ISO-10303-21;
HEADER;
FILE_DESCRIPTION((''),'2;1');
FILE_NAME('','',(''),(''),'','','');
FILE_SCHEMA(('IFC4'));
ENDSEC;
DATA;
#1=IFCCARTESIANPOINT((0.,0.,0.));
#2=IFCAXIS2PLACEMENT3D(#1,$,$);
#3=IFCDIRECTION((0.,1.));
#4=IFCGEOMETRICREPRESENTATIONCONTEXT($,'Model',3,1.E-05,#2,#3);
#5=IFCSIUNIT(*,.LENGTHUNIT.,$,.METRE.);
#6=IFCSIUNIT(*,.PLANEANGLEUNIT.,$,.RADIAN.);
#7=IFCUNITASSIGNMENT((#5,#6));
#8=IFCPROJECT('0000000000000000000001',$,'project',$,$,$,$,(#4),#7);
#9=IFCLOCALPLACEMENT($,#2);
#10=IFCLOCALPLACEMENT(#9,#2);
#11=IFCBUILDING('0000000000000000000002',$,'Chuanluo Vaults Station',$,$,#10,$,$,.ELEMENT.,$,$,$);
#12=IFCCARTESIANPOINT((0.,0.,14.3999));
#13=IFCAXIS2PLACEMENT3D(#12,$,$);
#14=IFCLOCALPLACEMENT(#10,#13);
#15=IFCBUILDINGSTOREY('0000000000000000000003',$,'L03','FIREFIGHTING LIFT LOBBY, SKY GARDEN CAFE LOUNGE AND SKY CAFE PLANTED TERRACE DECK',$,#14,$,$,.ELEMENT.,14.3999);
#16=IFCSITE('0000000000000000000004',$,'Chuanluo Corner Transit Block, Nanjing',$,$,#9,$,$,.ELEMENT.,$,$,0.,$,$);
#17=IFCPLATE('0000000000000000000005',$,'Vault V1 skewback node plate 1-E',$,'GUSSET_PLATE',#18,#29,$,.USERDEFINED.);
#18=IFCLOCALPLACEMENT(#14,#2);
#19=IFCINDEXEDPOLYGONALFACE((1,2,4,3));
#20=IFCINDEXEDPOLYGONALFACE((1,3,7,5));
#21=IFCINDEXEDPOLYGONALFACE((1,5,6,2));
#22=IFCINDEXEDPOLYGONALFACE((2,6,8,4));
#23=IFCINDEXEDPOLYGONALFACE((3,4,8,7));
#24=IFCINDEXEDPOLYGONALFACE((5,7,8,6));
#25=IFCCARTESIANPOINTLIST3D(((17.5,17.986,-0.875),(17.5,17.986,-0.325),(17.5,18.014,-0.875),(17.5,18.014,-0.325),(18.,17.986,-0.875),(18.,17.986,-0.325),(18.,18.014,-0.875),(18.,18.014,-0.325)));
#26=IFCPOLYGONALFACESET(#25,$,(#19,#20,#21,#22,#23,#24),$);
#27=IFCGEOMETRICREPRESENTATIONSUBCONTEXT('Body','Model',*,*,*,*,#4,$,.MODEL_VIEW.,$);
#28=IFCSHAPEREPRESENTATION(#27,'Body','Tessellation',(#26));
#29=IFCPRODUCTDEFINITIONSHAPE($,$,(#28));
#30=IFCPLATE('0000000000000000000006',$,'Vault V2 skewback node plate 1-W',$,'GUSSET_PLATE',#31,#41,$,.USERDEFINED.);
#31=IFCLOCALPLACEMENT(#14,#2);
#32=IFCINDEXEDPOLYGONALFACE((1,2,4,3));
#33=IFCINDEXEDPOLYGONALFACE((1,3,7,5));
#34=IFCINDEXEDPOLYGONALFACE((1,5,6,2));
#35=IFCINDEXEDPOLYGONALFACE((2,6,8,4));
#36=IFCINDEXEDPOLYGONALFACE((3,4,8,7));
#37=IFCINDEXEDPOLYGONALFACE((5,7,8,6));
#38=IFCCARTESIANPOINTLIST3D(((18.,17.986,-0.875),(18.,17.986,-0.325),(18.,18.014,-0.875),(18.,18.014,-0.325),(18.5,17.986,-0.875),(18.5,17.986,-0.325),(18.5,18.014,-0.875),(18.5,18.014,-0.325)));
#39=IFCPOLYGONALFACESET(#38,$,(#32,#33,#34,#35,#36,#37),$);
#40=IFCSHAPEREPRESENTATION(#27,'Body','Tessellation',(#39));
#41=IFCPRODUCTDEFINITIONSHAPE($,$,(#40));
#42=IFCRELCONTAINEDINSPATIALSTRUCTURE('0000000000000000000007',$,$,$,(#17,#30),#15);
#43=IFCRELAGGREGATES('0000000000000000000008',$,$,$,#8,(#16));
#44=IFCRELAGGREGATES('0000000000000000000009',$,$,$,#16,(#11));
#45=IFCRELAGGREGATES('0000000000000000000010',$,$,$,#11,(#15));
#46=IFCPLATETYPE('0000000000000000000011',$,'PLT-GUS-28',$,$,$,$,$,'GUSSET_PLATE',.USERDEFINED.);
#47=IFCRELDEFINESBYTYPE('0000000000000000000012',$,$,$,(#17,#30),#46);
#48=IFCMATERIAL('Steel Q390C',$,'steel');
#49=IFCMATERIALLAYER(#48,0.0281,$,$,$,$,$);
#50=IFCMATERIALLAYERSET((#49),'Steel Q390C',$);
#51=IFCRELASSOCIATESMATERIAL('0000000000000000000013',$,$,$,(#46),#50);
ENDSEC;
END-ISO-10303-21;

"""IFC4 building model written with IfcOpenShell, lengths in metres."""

from ifc_helpers import new_model, si_unit, direction, frame, origin, origin_2d, place, context, subcontext, project, spatial, rectangle, extrude, material, layer, layer_set, type_object, element, save


model = new_model("IFC4")

# Units and contexts
model_context = context("Model", 3, precision=1e-05, world=origin(), true_north=direction((0.0, 1.0)))
body_context = subcontext(model_context, "Body", "Model", "MODEL_VIEW")
ifc_project = project(units=[si_unit("LENGTHUNIT", "METRE"), si_unit("PLANEANGLEUNIT", "RADIAN")], contexts=[model_context])

# Site, building, storey
site_placement = place(None, origin())
site = spatial("IfcSite", under=ifc_project, at=site_placement, Name="Chuanluo Corner Transit Block, Nanjing", CompositionType="ELEMENT", RefElevation=0.0)
building_placement = place(site_placement, origin())
building = spatial("IfcBuilding", under=site, at=building_placement, Name="Chuanluo Vaults Station", CompositionType="ELEMENT")
storey_placement = place(building_placement, frame((0.0, 0.0, 14.3999)))
storey = spatial("IfcBuildingStorey", under=building, at=storey_placement, Name="L03", Description="FIREFIGHTING LIFT LOBBY, SKY GARDEN CAFE LOUNGE AND SKY CAFE PLANTED TERRACE DECK", CompositionType="ELEMENT", Elevation=14.3999)

# Plates
ifc_material_1 = material(Name="Steel Q390C", Category="steel")
ifc_layer = layer(ifc_material_1, 0.0281)
ifc_layer_set = layer_set([ifc_layer], Name="Steel Q390C")
plate_type = type_object("IfcPlateType", Name="PLT-GUS-28", ElementType="GUSSET_PLATE", PredefinedType="USERDEFINED", material=ifc_layer_set)
for number, where, z_axis, x_axis, name in (
    (1, (17.75, 18.0, -0.875), (0.0, 0.0, 1.0), (1.0, 0.0, 0.0), "Vault V1 skewback node plate 1-E"),
    (2, (18.25, 18.0, -0.875), (0.0, 0.0, 1.0), (1.0, 0.0, 0.0), "Vault V2 skewback node plate 1-W"),
):
    element("IfcPlate", number, at=place(storey_placement, frame(where, z_axis=z_axis, x_axis=x_axis)), inside=storey, type_object=plate_type, Name=name, ObjectType="GUSSET_PLATE", PredefinedType="USERDEFINED", context=body_context, shape_type="SweptSolid", body=[
        extrude(rectangle(XDim=0.5, YDim=0.0281, at=origin_2d()), origin(), (0.0, 0.0, 1.0), 0.55),
    ])

save(model, "model.ifc")
